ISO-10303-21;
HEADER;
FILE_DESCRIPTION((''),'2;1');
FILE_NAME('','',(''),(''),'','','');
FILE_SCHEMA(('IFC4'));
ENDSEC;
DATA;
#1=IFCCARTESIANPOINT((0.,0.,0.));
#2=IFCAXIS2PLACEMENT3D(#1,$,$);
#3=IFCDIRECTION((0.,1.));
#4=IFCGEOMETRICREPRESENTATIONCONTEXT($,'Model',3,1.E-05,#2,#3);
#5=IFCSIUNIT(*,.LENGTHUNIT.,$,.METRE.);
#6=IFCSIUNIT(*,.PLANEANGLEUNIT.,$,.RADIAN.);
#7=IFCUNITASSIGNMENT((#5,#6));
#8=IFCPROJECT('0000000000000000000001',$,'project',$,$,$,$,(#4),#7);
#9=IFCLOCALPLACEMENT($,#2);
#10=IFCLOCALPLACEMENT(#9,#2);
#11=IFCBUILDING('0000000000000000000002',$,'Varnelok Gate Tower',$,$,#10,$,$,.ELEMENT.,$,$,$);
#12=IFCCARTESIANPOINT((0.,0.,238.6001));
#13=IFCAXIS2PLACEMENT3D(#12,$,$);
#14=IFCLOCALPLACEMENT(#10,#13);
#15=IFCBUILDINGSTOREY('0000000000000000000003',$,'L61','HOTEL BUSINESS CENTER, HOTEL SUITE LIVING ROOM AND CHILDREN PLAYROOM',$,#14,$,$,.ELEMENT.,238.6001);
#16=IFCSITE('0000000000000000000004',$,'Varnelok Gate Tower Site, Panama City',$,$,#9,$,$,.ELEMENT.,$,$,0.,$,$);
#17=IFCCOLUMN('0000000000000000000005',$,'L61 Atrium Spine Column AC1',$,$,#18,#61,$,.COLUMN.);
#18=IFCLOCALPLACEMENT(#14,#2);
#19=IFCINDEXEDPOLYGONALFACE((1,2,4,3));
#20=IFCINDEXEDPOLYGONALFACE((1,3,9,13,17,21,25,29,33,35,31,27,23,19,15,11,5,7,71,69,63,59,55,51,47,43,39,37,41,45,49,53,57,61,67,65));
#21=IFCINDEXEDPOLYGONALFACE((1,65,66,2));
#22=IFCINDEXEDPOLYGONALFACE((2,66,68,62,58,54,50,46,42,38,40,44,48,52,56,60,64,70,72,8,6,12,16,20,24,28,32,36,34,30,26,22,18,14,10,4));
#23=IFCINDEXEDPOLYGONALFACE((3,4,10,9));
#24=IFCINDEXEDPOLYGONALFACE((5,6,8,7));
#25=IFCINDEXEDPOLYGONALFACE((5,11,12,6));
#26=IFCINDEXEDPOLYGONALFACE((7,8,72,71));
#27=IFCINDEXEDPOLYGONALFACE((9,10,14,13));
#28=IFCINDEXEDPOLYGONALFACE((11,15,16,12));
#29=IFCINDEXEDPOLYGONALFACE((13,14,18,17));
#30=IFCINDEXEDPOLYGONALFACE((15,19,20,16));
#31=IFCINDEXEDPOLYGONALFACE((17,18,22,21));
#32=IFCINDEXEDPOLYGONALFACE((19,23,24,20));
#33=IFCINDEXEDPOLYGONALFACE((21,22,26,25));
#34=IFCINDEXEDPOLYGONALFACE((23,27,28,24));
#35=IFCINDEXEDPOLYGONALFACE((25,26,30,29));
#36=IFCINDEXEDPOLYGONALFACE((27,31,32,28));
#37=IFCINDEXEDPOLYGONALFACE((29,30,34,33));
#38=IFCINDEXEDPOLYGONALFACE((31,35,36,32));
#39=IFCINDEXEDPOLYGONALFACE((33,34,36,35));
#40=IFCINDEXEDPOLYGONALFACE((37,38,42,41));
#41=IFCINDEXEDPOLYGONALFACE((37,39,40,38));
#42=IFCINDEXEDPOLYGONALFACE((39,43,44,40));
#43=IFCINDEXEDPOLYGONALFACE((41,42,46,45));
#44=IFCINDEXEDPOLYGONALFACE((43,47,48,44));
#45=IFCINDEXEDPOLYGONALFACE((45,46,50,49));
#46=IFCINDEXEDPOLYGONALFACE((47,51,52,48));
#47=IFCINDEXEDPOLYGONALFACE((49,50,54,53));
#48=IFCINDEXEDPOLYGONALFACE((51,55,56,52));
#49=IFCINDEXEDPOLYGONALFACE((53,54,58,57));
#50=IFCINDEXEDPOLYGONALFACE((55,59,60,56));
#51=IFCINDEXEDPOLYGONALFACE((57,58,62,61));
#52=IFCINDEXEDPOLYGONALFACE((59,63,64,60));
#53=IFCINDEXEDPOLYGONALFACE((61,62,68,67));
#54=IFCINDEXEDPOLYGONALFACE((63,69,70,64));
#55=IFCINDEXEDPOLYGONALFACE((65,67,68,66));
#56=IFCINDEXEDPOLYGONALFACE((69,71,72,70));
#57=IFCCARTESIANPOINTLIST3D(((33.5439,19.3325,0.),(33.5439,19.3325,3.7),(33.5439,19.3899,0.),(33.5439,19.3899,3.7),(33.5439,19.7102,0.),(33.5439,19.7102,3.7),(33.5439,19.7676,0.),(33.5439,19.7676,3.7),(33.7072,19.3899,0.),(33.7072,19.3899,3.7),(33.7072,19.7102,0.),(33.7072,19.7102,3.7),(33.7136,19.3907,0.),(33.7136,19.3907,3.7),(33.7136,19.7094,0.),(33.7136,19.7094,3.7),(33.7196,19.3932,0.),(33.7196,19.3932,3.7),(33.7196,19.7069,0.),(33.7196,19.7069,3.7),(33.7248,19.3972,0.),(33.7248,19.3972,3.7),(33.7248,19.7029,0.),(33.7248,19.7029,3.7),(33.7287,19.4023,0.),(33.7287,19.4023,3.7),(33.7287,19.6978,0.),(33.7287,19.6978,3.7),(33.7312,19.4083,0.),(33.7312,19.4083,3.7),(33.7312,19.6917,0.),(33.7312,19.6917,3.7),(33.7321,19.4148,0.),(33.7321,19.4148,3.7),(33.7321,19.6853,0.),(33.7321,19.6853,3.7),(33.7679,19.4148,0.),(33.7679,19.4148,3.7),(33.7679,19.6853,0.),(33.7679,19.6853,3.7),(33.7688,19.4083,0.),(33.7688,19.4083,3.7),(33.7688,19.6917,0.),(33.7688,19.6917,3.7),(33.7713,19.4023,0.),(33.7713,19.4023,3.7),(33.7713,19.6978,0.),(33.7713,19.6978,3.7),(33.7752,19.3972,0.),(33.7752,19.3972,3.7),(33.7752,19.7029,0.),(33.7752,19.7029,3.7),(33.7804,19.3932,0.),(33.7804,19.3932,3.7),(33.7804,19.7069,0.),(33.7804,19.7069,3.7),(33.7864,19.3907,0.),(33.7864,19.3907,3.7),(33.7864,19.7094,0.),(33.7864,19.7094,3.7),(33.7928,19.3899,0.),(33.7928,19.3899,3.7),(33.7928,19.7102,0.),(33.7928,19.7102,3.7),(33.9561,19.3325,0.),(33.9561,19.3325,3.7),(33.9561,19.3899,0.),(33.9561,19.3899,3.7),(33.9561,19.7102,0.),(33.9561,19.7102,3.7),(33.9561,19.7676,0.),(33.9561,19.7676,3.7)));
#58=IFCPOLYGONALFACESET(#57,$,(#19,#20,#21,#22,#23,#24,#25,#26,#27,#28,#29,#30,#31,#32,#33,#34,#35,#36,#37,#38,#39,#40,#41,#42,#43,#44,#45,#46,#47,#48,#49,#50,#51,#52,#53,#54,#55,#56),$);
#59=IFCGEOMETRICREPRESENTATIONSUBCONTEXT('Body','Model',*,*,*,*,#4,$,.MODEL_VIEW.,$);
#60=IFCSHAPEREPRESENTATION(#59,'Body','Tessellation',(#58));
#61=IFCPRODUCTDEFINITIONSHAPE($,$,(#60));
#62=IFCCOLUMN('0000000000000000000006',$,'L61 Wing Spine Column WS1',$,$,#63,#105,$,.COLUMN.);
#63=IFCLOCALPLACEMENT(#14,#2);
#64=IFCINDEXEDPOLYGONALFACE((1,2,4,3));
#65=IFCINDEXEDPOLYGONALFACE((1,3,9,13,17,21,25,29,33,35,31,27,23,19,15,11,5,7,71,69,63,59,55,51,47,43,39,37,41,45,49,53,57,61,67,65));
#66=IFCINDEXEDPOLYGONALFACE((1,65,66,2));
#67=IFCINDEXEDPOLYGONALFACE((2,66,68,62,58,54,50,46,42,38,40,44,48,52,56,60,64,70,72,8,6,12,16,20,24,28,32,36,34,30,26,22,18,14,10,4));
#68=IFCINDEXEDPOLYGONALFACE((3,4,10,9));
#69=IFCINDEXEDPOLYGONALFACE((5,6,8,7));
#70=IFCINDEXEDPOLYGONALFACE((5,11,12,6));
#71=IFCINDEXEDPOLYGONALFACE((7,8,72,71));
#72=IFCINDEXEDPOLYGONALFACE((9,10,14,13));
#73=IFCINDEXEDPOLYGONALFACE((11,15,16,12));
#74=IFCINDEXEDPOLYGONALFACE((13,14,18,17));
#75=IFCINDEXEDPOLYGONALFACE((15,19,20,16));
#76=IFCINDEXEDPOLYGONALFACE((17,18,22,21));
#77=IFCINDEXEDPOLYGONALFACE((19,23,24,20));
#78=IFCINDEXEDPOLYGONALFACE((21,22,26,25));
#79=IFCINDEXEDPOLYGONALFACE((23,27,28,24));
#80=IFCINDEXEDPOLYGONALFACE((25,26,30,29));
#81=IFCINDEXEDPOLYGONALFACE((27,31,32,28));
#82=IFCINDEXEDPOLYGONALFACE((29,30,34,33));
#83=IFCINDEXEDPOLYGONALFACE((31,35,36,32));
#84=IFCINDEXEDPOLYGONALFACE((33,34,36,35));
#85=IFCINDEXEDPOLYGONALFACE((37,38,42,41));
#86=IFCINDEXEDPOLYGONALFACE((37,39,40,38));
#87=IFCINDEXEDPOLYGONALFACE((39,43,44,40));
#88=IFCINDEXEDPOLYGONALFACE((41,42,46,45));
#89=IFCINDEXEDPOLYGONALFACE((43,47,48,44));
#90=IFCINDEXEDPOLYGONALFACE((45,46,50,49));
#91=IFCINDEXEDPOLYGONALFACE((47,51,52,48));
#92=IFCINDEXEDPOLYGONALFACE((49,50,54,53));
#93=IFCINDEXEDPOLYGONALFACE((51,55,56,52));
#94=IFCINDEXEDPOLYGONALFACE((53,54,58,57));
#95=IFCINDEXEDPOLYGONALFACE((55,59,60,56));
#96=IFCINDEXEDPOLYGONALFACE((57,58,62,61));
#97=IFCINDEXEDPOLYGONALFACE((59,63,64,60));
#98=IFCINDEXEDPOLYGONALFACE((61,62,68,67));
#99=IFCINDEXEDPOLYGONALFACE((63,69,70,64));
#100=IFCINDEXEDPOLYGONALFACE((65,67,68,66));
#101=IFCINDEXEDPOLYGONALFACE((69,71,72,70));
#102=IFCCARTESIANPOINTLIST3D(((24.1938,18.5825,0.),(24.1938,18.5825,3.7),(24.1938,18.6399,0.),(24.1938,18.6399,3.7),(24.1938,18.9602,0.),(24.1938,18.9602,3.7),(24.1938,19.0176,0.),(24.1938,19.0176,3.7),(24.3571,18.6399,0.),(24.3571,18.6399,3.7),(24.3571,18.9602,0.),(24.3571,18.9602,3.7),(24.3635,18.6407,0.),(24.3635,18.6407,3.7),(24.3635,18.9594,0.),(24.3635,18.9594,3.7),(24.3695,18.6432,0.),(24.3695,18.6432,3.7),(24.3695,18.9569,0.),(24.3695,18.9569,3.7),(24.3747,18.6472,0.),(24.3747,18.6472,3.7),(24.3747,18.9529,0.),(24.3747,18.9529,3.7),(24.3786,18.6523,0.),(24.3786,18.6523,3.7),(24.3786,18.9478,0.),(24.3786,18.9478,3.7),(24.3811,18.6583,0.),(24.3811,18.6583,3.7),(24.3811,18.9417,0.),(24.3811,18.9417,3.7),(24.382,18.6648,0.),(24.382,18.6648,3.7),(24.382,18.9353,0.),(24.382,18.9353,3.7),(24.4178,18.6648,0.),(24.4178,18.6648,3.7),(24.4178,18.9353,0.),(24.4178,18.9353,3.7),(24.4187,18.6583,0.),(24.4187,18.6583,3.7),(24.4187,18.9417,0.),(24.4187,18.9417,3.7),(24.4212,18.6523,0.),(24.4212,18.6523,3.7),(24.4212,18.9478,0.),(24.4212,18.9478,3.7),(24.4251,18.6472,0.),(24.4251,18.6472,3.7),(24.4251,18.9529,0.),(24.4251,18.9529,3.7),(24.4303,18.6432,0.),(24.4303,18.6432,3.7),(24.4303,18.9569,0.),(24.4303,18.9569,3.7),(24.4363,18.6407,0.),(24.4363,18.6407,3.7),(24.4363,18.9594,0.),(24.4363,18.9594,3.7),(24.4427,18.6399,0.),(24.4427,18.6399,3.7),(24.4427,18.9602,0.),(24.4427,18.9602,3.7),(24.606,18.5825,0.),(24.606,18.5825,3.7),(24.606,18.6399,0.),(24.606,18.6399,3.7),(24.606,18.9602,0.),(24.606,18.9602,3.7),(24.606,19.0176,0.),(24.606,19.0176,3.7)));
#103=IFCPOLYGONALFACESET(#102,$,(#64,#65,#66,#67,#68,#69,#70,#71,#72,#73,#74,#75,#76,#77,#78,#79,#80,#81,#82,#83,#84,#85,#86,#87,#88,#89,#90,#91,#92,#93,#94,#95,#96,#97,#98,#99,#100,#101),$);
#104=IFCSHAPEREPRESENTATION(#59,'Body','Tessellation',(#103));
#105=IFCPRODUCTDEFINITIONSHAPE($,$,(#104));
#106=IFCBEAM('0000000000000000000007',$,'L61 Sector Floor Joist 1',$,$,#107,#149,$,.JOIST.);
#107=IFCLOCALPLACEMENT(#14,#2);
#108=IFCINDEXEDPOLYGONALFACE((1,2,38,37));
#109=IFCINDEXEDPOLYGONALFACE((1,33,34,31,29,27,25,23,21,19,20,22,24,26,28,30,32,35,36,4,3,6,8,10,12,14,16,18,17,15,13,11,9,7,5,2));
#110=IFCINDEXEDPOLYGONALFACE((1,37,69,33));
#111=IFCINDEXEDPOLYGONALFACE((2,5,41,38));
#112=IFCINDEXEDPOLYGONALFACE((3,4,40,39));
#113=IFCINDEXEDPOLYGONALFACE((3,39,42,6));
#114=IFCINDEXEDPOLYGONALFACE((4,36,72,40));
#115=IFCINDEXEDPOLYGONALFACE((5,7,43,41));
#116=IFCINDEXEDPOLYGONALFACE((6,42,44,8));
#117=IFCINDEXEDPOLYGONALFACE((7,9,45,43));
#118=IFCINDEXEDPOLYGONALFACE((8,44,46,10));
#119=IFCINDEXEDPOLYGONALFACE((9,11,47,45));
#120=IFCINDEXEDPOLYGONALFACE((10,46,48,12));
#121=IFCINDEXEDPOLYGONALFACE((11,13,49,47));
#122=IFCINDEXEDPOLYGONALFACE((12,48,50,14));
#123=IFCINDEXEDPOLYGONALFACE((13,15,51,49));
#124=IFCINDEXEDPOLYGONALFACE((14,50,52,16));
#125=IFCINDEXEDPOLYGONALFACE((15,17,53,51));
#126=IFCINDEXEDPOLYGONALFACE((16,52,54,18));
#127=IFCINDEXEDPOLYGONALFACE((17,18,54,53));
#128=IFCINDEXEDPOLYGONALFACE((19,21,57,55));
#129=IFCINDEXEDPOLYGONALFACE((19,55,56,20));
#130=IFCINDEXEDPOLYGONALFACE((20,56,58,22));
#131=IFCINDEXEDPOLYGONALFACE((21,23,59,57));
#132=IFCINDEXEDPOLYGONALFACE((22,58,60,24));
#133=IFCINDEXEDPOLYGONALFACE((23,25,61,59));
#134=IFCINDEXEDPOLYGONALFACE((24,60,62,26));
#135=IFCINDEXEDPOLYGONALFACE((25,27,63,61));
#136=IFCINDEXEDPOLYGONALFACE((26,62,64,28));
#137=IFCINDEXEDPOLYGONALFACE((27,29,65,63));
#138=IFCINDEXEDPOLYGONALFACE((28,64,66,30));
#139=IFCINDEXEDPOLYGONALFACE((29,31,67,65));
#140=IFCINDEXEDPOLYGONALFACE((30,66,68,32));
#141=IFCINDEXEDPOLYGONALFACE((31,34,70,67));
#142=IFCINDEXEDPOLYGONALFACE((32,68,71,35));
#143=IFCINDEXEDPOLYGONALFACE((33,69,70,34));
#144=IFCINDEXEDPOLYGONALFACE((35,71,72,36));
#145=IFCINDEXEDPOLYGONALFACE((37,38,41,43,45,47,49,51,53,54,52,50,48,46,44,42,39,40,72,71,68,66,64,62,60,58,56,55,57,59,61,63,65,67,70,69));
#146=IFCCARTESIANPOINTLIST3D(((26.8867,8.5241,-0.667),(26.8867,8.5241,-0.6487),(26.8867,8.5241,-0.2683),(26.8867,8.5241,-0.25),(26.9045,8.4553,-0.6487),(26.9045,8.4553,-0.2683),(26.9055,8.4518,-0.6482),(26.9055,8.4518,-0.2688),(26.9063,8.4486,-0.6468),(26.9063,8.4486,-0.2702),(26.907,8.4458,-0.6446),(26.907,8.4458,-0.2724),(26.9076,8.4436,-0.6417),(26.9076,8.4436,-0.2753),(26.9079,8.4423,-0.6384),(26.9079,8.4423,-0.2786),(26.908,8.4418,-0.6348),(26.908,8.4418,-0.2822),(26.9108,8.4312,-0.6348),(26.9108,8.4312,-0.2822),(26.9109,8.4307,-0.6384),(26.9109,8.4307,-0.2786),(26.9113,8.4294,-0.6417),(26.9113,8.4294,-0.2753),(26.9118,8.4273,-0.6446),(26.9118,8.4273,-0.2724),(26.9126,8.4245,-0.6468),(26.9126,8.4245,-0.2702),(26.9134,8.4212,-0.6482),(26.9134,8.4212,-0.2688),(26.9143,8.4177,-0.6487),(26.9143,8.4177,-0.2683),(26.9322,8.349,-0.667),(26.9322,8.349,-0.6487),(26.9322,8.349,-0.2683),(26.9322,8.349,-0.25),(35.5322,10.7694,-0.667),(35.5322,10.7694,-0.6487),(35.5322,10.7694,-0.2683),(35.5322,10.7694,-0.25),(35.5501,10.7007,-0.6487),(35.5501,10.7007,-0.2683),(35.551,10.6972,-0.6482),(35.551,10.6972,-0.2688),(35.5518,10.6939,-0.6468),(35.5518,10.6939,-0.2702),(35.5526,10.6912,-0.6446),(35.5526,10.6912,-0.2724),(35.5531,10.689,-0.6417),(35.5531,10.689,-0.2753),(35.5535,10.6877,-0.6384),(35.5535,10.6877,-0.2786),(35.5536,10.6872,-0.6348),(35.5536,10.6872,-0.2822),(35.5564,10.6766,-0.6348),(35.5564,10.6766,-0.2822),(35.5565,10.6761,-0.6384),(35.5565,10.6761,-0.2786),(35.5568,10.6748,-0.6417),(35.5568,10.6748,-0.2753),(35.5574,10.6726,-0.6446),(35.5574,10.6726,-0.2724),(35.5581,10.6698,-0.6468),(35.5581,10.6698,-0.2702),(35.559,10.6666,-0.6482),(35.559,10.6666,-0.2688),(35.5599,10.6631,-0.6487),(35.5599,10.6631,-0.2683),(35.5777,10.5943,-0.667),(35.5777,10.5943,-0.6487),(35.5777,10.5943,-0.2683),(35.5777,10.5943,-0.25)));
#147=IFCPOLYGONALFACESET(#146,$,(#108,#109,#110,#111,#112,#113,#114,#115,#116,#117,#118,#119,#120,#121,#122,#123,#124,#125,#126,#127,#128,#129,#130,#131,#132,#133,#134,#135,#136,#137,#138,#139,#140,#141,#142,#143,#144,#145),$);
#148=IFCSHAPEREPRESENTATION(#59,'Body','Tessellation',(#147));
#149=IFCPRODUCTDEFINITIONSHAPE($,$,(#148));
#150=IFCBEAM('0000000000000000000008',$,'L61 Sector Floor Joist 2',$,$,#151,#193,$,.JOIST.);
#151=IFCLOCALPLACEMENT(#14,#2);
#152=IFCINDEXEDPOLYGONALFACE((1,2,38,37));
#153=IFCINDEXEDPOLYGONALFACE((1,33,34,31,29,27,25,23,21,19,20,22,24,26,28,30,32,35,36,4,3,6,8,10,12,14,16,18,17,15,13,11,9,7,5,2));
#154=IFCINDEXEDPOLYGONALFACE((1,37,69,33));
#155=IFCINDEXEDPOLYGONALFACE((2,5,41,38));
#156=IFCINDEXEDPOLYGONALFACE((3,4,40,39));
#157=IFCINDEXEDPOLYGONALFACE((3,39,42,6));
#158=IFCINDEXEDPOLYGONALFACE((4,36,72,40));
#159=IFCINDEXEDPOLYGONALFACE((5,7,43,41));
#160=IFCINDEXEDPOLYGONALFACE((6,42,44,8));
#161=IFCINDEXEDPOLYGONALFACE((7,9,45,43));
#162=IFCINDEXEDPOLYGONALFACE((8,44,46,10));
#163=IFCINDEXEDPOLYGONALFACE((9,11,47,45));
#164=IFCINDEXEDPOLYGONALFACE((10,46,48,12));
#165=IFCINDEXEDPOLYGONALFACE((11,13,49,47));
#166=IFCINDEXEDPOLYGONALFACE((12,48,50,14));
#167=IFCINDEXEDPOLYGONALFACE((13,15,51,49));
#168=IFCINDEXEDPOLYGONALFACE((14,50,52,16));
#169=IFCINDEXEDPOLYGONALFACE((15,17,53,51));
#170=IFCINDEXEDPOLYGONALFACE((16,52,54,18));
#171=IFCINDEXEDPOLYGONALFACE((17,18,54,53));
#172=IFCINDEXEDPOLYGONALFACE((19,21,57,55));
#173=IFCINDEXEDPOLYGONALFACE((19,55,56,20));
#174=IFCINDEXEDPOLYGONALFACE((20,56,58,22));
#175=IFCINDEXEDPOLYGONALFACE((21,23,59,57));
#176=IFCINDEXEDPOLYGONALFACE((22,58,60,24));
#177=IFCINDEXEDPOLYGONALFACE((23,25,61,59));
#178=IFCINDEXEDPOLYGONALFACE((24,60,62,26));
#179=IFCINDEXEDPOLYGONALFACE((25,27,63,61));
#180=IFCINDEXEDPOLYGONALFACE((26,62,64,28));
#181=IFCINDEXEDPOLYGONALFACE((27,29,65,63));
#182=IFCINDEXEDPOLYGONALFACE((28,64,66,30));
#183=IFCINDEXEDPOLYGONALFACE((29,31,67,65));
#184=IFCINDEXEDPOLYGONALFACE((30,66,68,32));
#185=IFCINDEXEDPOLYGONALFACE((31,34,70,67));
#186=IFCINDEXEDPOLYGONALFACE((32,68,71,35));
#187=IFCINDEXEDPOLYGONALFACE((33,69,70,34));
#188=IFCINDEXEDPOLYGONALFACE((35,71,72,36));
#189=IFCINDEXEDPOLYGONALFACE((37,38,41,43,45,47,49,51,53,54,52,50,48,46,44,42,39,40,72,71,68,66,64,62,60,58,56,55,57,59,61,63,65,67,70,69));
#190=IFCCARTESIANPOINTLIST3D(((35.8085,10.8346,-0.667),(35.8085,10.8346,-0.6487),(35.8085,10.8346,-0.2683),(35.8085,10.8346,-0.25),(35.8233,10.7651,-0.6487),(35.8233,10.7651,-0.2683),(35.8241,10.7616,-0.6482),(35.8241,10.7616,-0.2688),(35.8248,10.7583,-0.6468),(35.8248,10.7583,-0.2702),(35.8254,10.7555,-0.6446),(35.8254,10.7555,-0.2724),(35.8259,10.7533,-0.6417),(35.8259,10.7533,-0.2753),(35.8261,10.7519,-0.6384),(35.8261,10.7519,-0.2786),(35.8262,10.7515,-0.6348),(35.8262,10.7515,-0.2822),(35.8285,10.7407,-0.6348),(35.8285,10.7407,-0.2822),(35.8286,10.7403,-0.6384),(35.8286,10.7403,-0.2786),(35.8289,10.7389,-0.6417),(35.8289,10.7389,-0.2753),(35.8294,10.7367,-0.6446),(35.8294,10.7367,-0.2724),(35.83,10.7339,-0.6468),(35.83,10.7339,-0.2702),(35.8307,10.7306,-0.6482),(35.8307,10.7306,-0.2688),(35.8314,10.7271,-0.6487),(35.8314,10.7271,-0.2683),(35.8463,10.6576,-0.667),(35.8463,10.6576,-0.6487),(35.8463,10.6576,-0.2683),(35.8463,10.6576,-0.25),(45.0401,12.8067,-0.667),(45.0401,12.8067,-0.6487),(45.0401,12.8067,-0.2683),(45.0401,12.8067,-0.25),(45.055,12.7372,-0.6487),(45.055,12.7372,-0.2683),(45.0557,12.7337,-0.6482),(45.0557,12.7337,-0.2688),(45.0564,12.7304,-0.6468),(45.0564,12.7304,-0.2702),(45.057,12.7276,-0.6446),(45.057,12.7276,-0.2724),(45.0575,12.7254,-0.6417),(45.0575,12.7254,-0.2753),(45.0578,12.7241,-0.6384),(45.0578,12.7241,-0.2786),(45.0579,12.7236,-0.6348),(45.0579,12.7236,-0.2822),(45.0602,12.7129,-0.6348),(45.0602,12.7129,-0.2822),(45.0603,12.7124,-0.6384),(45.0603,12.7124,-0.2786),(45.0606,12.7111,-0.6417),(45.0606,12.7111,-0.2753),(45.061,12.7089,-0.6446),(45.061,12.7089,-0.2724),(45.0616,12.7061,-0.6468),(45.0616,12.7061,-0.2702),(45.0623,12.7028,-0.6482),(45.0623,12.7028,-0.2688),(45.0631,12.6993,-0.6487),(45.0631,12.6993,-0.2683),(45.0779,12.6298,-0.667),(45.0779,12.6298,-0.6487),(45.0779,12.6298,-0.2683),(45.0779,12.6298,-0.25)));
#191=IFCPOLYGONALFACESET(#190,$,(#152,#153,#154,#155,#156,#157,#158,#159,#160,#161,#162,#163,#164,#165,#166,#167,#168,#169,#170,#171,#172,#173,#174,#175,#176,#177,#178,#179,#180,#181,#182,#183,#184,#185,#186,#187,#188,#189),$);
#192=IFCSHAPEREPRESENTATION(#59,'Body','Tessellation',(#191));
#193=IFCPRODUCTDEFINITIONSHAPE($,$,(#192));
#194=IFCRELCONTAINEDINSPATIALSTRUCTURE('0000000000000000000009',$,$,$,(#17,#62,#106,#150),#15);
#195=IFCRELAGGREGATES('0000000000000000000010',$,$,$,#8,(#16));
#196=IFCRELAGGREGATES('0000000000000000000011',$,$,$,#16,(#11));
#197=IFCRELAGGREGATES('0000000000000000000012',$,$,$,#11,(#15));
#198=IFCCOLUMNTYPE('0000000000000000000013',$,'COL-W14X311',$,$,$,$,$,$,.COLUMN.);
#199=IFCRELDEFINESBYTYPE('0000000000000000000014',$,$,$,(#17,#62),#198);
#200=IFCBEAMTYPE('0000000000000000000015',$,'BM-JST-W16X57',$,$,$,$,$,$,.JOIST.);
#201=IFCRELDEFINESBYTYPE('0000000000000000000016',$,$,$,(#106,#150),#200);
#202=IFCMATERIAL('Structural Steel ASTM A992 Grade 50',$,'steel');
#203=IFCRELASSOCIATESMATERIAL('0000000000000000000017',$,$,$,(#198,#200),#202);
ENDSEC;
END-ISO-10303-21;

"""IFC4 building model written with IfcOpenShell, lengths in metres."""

from ifc_helpers import new_model, si_unit, direction, frame, origin, origin_2d, place, context, subcontext, project, spatial, i_section, extrude, material, material_profile, profile_set, type_object, element, save


model = new_model("IFC4")

# Units and contexts
model_context = context("Model", 3, precision=1e-05, world=origin(), true_north=direction((0.0, 1.0)))
body_context = subcontext(model_context, "Body", "Model", "MODEL_VIEW")
ifc_project = project(units=[si_unit("LENGTHUNIT", "METRE"), si_unit("PLANEANGLEUNIT", "RADIAN")], contexts=[model_context])

# Site, building, storey
site_placement = place(None, origin())
site = spatial("IfcSite", under=ifc_project, at=site_placement, Name="Varnelok Gate Tower Site, Panama City", CompositionType="ELEMENT", RefElevation=0.0)
building_placement = place(site_placement, origin())
building = spatial("IfcBuilding", under=site, at=building_placement, Name="Varnelok Gate Tower", CompositionType="ELEMENT")
storey_placement = place(building_placement, frame((0.0, 0.0, 238.6001)))
storey = spatial("IfcBuildingStorey", under=building, at=storey_placement, Name="L61", Description="HOTEL BUSINESS CENTER, HOTEL SUITE LIVING ROOM AND CHILDREN PLAYROOM", CompositionType="ELEMENT", Elevation=238.6001)

# Columns
ifc_material_1 = material(Name="Structural Steel ASTM A992 Grade 50", Category="steel")
ifc_material_profile_1 = material_profile(ifc_material_1, i_section(OverallWidth=0.4121, OverallDepth=0.4351, WebThickness=0.0359, FlangeThickness=0.0574, FilletRadius=0.0249, at=origin_2d()), Name="W14X311")
ifc_profile_set_1 = profile_set([ifc_material_profile_1], Name="Structural Steel ASTM A992 Grade 50")
column_type = type_object("IfcColumnType", Name="COL-W14X311", PredefinedType="COLUMN", material=ifc_profile_set_1)
for number, where, z_axis, x_axis, name in (
    (1, (33.75, 19.55, 0.0), (0.0, 0.0, 1.0), (1.0, 0.0, 0.0), "L61 Atrium Spine Column AC1"),
    (2, (24.3999, 18.8, 0.0), (0.0, 0.0, 1.0), (1.0, 0.0, 0.0), "L61 Wing Spine Column WS1"),
):
    element("IfcColumn", number, at=place(storey_placement, frame(where, z_axis=z_axis, x_axis=x_axis)), inside=storey, type_object=column_type, Name=name, PredefinedType="COLUMN", context=body_context, shape_type="SweptSolid", body=[
        extrude(i_section(OverallWidth=0.4121, OverallDepth=0.4351, WebThickness=0.0359, FlangeThickness=0.0574, FilletRadius=0.0249, at=origin_2d()), origin(), (0.0, 0.0, 1.0), 3.7),
    ])

# Beams
ifc_material_profile_2 = material_profile(ifc_material_1, i_section(OverallWidth=0.1809, OverallDepth=0.417, WebThickness=0.011, FlangeThickness=0.0183, FilletRadius=0.0139, at=origin_2d()), Name="W16X57")
ifc_profile_set_2 = profile_set([ifc_material_profile_2], Name="Structural Steel ASTM A992 Grade 50")
beam_type_1 = type_object("IfcBeamType", Name="BM-JST-W16X57", PredefinedType="JOIST", material=ifc_profile_set_2)
beam_1_placement = place(storey_placement, frame((26.9094, 8.4365, -0.4585), z_axis=(0.96789, 0.251375, 0.0), x_axis=(-0.251375, 0.96789, 0.0)))
element("IfcBeam", 3, at=beam_1_placement, inside=storey, type_object=beam_type_1, Name="L61 Sector Floor Joist 1", PredefinedType="JOIST", context=body_context, shape_type="SweptSolid", body=[
    extrude(i_section(OverallWidth=0.1809, OverallDepth=0.417, WebThickness=0.011, FlangeThickness=0.0183, FilletRadius=0.0139, at=origin_2d()), origin(), (0.0, 0.0, 1.0), 8.9324),
])
beam_2_placement = place(storey_placement, frame((35.8274, 10.7461, -0.4585), z_axis=(0.977934, 0.208916, 0.0), x_axis=(-0.208916, 0.977934, 0.0)))
element("IfcBeam", 4, at=beam_2_placement, inside=storey, type_object=beam_type_1, Name="L61 Sector Floor Joist 2", PredefinedType="JOIST", context=body_context, shape_type="SweptSolid", body=[
    extrude(i_section(OverallWidth=0.1809, OverallDepth=0.417, WebThickness=0.011, FlangeThickness=0.0183, FilletRadius=0.0139, at=origin_2d()), origin(), (0.0, 0.0, 1.0), 9.4399),
])

save(model, "model.ifc")
